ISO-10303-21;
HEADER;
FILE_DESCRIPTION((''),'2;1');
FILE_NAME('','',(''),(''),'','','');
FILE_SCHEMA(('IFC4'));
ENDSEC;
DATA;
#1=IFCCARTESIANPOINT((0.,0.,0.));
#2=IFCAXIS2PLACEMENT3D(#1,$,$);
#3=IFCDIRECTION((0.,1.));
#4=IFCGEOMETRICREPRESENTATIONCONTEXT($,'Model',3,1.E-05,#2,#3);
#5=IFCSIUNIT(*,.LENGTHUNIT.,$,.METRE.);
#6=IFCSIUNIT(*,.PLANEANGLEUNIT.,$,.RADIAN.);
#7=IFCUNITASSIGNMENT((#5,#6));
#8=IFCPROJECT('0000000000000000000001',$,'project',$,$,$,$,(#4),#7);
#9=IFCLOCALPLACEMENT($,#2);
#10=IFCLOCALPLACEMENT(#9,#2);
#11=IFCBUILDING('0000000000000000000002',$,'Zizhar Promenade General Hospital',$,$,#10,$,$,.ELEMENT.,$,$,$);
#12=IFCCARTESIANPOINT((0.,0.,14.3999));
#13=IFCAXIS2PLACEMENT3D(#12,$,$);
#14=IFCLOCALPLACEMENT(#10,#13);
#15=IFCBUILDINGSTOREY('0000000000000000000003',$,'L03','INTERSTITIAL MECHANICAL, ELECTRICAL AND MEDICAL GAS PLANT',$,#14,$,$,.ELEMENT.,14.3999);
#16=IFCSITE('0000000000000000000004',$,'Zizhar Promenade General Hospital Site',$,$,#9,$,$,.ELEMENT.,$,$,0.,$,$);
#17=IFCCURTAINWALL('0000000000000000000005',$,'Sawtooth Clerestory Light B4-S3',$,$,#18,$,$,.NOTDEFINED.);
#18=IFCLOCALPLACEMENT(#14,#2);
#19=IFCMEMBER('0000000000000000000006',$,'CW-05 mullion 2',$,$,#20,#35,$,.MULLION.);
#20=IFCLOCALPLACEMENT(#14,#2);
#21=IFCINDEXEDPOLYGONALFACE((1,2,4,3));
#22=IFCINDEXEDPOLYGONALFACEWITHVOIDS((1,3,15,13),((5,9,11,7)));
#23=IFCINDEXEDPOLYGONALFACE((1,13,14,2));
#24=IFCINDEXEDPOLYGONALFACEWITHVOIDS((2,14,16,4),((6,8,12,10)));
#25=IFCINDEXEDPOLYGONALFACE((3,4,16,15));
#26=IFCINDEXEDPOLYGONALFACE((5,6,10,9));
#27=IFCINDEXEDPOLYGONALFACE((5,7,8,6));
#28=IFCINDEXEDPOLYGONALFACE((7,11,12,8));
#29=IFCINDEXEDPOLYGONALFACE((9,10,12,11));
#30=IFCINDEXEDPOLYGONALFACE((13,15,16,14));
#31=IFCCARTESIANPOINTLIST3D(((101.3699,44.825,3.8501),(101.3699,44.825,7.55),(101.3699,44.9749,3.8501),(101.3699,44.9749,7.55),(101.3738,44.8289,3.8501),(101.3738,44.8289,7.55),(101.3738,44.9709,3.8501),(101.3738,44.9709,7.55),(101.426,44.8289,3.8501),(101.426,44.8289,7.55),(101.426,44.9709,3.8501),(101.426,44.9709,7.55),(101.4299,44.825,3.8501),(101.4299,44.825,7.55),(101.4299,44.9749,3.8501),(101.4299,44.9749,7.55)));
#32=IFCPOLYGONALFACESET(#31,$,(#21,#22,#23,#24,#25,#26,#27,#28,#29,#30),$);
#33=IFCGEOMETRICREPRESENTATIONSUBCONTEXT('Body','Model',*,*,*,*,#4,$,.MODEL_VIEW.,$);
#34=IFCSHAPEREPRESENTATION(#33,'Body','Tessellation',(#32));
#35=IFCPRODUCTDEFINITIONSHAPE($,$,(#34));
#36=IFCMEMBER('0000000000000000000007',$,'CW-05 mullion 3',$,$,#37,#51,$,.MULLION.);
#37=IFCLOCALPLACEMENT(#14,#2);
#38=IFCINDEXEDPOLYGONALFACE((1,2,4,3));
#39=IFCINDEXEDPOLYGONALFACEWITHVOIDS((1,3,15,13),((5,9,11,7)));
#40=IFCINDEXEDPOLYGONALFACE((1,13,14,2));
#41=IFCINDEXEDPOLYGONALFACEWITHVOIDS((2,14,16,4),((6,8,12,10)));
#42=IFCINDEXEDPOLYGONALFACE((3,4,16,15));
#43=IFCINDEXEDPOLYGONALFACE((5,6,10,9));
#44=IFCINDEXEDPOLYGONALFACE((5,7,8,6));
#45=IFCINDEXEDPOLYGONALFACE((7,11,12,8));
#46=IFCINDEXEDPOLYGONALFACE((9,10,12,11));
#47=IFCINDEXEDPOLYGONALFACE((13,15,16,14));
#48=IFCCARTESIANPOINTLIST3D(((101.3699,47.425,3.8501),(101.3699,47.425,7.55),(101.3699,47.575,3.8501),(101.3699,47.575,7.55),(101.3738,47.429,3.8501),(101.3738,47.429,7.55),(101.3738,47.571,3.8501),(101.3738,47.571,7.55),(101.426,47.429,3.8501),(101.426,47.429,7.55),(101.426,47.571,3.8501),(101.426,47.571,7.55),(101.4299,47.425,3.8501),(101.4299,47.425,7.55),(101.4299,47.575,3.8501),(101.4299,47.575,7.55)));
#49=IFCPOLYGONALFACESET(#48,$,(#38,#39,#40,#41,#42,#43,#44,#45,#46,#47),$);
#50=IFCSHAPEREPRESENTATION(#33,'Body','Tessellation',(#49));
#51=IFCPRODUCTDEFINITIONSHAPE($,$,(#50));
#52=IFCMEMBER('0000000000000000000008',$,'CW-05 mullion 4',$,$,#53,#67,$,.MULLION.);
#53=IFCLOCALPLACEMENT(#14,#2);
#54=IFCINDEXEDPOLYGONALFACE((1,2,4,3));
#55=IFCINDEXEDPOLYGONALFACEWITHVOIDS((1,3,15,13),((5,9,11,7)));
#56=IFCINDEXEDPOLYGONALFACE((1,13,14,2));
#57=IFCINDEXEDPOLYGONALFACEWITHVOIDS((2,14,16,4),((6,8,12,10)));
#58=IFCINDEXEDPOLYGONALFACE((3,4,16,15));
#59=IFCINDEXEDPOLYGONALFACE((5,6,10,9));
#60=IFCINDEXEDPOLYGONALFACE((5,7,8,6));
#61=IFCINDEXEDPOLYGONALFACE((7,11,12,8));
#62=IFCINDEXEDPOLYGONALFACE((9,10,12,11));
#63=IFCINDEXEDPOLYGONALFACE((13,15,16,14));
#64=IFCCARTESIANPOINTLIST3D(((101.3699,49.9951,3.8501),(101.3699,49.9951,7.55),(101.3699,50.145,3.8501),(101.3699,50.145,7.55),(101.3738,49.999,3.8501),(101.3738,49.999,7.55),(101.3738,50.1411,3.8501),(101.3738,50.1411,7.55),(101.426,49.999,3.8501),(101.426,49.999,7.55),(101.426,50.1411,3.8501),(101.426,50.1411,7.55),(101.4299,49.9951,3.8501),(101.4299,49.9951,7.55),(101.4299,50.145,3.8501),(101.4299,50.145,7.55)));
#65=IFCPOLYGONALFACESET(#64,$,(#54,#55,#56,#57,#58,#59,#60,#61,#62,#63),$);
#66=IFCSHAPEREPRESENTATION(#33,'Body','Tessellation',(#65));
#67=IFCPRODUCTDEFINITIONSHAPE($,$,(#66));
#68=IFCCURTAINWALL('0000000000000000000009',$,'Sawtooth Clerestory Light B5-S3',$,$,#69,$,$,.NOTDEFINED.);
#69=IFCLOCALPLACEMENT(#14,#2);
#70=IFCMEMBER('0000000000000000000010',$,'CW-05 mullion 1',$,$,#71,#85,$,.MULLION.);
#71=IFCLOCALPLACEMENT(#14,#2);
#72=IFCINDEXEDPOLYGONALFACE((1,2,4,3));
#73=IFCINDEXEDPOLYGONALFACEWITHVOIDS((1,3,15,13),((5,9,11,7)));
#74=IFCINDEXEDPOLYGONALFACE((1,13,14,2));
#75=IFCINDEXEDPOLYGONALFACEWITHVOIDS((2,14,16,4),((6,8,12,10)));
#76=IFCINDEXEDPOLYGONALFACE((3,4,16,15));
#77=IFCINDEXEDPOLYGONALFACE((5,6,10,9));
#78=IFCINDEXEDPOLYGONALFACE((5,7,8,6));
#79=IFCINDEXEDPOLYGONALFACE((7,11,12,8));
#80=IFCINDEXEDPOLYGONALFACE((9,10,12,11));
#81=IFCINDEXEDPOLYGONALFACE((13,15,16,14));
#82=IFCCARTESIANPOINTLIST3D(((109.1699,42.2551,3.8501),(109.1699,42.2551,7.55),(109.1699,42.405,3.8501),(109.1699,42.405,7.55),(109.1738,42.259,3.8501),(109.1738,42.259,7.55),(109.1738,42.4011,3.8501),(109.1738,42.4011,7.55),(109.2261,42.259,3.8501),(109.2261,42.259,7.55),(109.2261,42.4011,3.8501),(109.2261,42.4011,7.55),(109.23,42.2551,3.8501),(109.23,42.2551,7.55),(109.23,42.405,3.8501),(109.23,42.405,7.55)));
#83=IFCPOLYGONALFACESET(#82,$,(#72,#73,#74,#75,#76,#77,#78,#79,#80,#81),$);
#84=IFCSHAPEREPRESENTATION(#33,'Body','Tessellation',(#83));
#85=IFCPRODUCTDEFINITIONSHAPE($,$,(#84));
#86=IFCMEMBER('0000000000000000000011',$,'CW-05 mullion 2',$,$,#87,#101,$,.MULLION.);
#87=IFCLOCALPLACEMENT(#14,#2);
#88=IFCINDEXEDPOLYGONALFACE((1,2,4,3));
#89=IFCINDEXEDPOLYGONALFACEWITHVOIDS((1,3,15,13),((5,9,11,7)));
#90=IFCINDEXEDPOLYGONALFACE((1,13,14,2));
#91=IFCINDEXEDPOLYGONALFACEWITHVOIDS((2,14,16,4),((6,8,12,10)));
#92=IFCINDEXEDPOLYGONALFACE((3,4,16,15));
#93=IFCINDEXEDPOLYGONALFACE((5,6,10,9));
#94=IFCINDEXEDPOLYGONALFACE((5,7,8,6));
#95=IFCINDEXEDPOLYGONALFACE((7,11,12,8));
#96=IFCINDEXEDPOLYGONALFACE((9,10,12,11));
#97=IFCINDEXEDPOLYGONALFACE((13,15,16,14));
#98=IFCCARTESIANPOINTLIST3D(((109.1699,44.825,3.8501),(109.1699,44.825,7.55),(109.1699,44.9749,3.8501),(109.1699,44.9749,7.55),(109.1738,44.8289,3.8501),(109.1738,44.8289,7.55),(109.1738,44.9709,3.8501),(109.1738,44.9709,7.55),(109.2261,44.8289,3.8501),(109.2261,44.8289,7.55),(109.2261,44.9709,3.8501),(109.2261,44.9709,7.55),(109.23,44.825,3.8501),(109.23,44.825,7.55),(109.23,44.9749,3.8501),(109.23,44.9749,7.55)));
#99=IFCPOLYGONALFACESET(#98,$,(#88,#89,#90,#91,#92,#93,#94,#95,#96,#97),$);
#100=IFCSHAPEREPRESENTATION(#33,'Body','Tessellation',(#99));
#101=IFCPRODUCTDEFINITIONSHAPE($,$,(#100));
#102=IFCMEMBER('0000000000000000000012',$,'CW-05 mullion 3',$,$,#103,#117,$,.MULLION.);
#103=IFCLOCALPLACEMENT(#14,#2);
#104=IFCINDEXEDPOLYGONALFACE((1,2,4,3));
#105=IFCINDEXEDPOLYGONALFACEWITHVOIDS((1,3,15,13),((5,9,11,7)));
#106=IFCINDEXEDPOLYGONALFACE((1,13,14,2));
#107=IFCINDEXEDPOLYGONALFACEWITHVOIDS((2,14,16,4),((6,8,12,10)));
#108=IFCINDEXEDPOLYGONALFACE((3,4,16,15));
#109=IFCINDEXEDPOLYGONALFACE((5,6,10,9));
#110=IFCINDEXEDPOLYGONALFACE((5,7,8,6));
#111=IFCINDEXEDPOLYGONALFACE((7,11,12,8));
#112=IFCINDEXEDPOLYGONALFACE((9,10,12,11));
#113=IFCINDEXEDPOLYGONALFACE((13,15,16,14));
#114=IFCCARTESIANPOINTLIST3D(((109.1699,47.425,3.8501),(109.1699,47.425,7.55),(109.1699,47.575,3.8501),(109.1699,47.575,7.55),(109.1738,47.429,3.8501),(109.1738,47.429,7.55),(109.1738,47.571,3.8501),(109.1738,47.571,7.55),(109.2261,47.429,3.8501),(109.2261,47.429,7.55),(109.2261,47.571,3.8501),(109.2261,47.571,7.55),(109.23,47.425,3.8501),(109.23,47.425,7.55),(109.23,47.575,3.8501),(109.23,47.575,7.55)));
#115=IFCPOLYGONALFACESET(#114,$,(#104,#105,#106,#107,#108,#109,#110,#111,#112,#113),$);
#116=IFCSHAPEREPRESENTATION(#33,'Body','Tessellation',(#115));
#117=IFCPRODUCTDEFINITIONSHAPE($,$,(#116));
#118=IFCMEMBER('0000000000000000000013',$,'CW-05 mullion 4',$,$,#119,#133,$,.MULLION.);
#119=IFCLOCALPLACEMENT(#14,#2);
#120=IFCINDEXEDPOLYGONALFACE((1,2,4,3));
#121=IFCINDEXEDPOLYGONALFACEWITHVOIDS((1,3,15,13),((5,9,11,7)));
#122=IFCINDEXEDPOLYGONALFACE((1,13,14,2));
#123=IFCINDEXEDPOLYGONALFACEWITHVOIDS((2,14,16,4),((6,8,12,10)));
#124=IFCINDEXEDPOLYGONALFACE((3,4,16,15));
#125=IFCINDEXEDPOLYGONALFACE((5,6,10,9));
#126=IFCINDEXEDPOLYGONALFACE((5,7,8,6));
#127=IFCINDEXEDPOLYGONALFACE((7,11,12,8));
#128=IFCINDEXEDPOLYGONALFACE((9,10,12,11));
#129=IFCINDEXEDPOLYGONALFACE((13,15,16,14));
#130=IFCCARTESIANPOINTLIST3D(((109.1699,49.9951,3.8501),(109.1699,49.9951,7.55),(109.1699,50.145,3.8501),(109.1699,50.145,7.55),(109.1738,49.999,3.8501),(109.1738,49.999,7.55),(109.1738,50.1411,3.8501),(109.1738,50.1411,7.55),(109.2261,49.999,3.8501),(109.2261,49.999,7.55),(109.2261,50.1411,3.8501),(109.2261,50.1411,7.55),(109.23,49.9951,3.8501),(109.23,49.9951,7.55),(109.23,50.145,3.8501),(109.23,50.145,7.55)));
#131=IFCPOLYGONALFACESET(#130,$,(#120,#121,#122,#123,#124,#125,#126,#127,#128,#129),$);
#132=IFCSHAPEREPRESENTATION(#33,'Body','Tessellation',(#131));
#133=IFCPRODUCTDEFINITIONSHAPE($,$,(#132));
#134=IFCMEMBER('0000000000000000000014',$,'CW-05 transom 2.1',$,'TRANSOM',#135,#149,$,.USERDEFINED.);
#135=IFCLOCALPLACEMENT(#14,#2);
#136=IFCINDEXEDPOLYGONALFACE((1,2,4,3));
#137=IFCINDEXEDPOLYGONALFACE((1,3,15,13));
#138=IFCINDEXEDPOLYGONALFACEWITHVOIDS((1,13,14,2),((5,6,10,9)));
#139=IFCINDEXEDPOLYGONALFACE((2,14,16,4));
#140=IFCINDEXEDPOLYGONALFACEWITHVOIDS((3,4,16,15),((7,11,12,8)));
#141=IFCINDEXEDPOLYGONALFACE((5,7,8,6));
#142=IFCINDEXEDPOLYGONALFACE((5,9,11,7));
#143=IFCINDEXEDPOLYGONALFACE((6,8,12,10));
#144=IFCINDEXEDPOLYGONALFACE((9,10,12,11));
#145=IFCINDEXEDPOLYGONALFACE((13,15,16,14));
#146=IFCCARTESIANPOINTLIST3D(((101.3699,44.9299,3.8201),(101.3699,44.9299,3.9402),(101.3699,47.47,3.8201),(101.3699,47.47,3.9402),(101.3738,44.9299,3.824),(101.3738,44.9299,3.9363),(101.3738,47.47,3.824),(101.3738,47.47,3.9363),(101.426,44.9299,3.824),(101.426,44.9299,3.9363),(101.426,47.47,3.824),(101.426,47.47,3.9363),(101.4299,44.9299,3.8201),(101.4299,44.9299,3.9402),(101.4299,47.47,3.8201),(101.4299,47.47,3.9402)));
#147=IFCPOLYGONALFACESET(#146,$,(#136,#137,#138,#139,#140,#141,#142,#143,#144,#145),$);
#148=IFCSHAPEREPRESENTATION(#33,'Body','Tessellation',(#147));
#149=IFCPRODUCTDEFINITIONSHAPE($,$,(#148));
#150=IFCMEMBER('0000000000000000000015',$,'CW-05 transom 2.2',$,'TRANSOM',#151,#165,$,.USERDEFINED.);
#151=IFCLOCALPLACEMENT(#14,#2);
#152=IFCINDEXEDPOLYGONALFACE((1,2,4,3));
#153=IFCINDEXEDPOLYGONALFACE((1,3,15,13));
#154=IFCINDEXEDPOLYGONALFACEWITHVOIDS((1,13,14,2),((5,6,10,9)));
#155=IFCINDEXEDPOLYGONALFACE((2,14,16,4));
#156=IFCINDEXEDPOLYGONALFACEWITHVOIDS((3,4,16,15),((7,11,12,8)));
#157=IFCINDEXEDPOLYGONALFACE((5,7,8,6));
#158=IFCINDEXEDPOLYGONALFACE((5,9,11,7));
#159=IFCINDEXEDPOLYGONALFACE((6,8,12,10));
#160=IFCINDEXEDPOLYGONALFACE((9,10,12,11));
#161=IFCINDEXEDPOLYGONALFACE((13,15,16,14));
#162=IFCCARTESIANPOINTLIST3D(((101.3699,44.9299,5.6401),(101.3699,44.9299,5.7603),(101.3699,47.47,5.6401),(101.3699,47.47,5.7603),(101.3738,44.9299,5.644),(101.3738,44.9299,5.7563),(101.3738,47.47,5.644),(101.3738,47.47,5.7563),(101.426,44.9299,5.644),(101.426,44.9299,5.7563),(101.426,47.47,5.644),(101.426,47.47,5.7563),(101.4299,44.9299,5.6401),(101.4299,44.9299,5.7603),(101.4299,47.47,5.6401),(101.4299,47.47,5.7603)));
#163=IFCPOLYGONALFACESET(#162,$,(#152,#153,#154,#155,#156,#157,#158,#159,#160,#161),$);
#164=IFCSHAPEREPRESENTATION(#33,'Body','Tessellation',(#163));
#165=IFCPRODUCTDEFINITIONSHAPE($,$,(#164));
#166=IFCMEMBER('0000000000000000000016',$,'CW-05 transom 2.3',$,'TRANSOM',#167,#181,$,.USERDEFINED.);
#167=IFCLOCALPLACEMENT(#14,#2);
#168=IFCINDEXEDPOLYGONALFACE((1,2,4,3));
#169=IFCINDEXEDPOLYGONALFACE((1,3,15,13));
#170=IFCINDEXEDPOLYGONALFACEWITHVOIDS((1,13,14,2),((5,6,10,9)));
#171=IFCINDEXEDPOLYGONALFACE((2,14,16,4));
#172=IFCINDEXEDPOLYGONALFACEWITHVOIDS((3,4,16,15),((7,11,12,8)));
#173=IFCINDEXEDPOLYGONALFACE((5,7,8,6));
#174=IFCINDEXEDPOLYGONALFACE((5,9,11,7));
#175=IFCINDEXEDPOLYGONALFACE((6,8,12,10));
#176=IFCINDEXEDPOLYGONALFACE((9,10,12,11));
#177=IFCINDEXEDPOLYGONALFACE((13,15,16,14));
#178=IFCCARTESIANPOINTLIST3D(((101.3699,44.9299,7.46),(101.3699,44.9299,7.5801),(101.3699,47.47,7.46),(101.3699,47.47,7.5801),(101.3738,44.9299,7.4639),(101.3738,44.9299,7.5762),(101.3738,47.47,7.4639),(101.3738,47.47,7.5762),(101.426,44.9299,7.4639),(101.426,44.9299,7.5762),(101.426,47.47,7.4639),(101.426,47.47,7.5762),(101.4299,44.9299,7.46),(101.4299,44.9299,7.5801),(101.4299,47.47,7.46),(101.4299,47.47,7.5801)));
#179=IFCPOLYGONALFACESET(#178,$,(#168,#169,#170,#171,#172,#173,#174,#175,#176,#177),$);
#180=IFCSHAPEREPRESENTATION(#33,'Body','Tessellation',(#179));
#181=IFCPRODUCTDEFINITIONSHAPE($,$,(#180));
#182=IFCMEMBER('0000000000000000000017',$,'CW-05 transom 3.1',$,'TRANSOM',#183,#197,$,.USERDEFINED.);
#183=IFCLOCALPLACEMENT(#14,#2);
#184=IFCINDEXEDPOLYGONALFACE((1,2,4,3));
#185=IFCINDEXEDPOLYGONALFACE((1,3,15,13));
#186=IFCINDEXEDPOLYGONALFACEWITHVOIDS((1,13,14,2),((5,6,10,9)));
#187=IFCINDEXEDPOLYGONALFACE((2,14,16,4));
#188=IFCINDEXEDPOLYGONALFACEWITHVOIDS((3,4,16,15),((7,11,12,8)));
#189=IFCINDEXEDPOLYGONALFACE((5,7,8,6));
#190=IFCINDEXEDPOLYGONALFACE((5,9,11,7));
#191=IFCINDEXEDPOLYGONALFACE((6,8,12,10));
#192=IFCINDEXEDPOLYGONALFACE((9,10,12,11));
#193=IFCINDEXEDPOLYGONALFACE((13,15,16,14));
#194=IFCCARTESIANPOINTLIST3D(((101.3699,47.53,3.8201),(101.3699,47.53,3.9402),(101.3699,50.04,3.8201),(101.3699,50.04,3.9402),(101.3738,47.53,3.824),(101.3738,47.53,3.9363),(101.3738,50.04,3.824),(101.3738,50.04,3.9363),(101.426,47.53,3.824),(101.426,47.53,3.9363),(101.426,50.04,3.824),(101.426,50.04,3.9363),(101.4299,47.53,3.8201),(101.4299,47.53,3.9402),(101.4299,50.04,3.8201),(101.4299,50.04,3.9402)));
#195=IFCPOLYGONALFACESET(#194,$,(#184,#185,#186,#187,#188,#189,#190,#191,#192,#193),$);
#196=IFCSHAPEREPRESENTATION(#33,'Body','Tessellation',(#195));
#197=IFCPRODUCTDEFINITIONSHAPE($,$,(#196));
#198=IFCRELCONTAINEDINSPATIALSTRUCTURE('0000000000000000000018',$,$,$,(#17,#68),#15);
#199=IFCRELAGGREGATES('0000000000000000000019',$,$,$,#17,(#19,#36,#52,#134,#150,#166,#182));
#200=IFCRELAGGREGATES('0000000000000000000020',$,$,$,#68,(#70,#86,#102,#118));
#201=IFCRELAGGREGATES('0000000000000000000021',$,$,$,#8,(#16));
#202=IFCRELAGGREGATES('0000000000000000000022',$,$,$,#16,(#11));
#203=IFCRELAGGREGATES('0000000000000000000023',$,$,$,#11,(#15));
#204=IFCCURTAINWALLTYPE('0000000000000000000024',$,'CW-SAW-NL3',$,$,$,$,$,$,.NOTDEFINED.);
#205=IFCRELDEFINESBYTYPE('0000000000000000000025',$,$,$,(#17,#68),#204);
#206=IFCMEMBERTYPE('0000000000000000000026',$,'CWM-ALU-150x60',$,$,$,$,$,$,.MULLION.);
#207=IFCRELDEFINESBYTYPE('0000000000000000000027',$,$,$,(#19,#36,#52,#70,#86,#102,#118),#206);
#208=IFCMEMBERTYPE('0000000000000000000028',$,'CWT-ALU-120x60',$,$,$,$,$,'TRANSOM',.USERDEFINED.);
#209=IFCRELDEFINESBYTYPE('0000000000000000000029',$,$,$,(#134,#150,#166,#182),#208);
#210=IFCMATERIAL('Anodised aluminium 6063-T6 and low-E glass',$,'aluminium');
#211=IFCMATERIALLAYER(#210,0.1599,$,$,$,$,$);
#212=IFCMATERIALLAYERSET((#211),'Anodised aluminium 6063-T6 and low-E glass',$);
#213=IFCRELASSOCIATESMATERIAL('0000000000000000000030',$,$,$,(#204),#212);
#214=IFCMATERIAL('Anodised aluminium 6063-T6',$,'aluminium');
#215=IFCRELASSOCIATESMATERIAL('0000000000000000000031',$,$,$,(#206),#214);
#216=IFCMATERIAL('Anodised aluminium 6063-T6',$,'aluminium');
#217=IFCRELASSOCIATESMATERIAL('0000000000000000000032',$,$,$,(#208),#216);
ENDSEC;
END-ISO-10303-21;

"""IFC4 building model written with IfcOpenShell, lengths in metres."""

from ifc_helpers import new_model, si_unit, direction, frame, origin, origin_2d, place, context, subcontext, project, spatial, hollow_rectangle, extrude, material, layer, layer_set, material_profile, profile_set, type_object, element, aggregate, save


model = new_model("IFC4")

# Units and contexts
model_context = context("Model", 3, precision=1e-05, world=origin(), true_north=direction((0.0, 1.0)))
body_context = subcontext(model_context, "Body", "Model", "MODEL_VIEW")
ifc_project = project(units=[si_unit("LENGTHUNIT", "METRE"), si_unit("PLANEANGLEUNIT", "RADIAN")], contexts=[model_context])

# Site, building, storey
site_placement = place(None, origin())
site = spatial("IfcSite", under=ifc_project, at=site_placement, Name="Zizhar Promenade General Hospital Site", CompositionType="ELEMENT", RefElevation=0.0)
building_placement = place(site_placement, origin())
building = spatial("IfcBuilding", under=site, at=building_placement, Name="Zizhar Promenade General Hospital", CompositionType="ELEMENT")
storey_placement = place(building_placement, frame((0.0, 0.0, 14.3999)))
storey = spatial("IfcBuildingStorey", under=building, at=storey_placement, Name="L03", Description="INTERSTITIAL MECHANICAL, ELECTRICAL AND MEDICAL GAS PLANT", CompositionType="ELEMENT", Elevation=14.3999)

# Curtain walls, members
ifc_material_1 = material(Name="Anodised aluminium 6063-T6 and low-E glass", Category="aluminium")
ifc_layer_1 = layer(ifc_material_1, 0.1599)
ifc_layer_set_1 = layer_set([ifc_layer_1], Name="Anodised aluminium 6063-T6 and low-E glass")
curtain_wall_type = type_object("IfcCurtainWallType", Name="CW-SAW-NL3", PredefinedType="NOTDEFINED", material=ifc_layer_set_1)
curtain_wall_1_placement = place(storey_placement, origin())
curtain_wall_1 = element("IfcCurtainWall", 1, at=curtain_wall_1_placement, inside=storey, type_object=curtain_wall_type, Name="Sawtooth Clerestory Light B4-S3", PredefinedType="NOTDEFINED")
ifc_material_2 = material(Name="Anodised aluminium 6063-T6", Category="aluminium")
ifc_material_profile_1 = material_profile(ifc_material_2, hollow_rectangle(XDim=0.0601, YDim=0.1499, WallThickness=0.0039, at=origin_2d()))
ifc_profile_set_1 = profile_set([ifc_material_profile_1], Name="Anodised aluminium 6063-T6")
member_type_1 = type_object("IfcMemberType", Name="CWM-ALU-150x60", PredefinedType="MULLION", material=ifc_profile_set_1)
member_1_placement = place(storey_placement, frame((101.3999, 44.8999, 3.8501), z_axis=(0.0, 0.0, 1.0), x_axis=(-1.0, 0.0, 0.0)))
member_1 = element("IfcMember", 2, at=member_1_placement, type_object=member_type_1, Name="CW-05 mullion 2", PredefinedType="MULLION", context=body_context, shape_type="SweptSolid", body=[
    extrude(hollow_rectangle(XDim=0.0601, YDim=0.1499, WallThickness=0.0039, at=origin_2d()), origin(), (0.0, 0.0, 1.0), 3.7),
])
member_2_placement = place(storey_placement, frame((101.3999, 47.5, 3.8501), z_axis=(0.0, 0.0, 1.0), x_axis=(-1.0, 0.0, 0.0)))
member_2 = element("IfcMember", 3, at=member_2_placement, type_object=member_type_1, Name="CW-05 mullion 3", PredefinedType="MULLION", context=body_context, shape_type="SweptSolid", body=[
    extrude(hollow_rectangle(XDim=0.0601, YDim=0.1499, WallThickness=0.0039, at=origin_2d()), origin(), (0.0, 0.0, 1.0), 3.7),
])
member_3_placement = place(storey_placement, frame((101.3999, 50.0701, 3.8501), z_axis=(0.0, 0.0, 1.0), x_axis=(-1.0, 0.0, 0.0)))
member_3 = element("IfcMember", 4, at=member_3_placement, type_object=member_type_1, Name="CW-05 mullion 4", PredefinedType="MULLION", context=body_context, shape_type="SweptSolid", body=[
    extrude(hollow_rectangle(XDim=0.0601, YDim=0.1499, WallThickness=0.0039, at=origin_2d()), origin(), (0.0, 0.0, 1.0), 3.7),
])
curtain_wall_2_placement = place(storey_placement, origin())
curtain_wall_2 = element("IfcCurtainWall", 5, at=curtain_wall_2_placement, inside=storey, type_object=curtain_wall_type, Name="Sawtooth Clerestory Light B5-S3", PredefinedType="NOTDEFINED")
member_4_placement = place(storey_placement, frame((109.2, 42.3301, 3.8501), z_axis=(0.0, 0.0, 1.0), x_axis=(-1.0, 0.0, 0.0)))
member_4 = element("IfcMember", 6, at=member_4_placement, type_object=member_type_1, Name="CW-05 mullion 1", PredefinedType="MULLION", context=body_context, shape_type="SweptSolid", body=[
    extrude(hollow_rectangle(XDim=0.0601, YDim=0.1499, WallThickness=0.0039, at=origin_2d()), origin(), (0.0, 0.0, 1.0), 3.7),
])
member_5_placement = place(storey_placement, frame((109.2, 44.8999, 3.8501), z_axis=(0.0, 0.0, 1.0), x_axis=(-1.0, 0.0, 0.0)))
member_5 = element("IfcMember", 7, at=member_5_placement, type_object=member_type_1, Name="CW-05 mullion 2", PredefinedType="MULLION", context=body_context, shape_type="SweptSolid", body=[
    extrude(hollow_rectangle(XDim=0.0601, YDim=0.1499, WallThickness=0.0039, at=origin_2d()), origin(), (0.0, 0.0, 1.0), 3.7),
])
member_6_placement = place(storey_placement, frame((109.2, 47.5, 3.8501), z_axis=(0.0, 0.0, 1.0), x_axis=(-1.0, 0.0, 0.0)))
member_6 = element("IfcMember", 8, at=member_6_placement, type_object=member_type_1, Name="CW-05 mullion 3", PredefinedType="MULLION", context=body_context, shape_type="SweptSolid", body=[
    extrude(hollow_rectangle(XDim=0.0601, YDim=0.1499, WallThickness=0.0039, at=origin_2d()), origin(), (0.0, 0.0, 1.0), 3.7),
])
member_7_placement = place(storey_placement, frame((109.2, 50.0701, 3.8501), z_axis=(0.0, 0.0, 1.0), x_axis=(-1.0, 0.0, 0.0)))
member_7 = element("IfcMember", 9, at=member_7_placement, type_object=member_type_1, Name="CW-05 mullion 4", PredefinedType="MULLION", context=body_context, shape_type="SweptSolid", body=[
    extrude(hollow_rectangle(XDim=0.0601, YDim=0.1499, WallThickness=0.0039, at=origin_2d()), origin(), (0.0, 0.0, 1.0), 3.7),
])

# Members
ifc_material_3 = material(Name="Anodised aluminium 6063-T6", Category="aluminium")
ifc_material_profile_2 = material_profile(ifc_material_3, hollow_rectangle(XDim=0.0601, YDim=0.1201, WallThickness=0.0039, at=origin_2d()))
ifc_profile_set_2 = profile_set([ifc_material_profile_2], Name="Anodised aluminium 6063-T6")
member_type_2 = type_object("IfcMemberType", Name="CWT-ALU-120x60", ElementType="TRANSOM", PredefinedType="USERDEFINED", material=ifc_profile_set_2)
member_8_placement = place(storey_placement, frame((101.3999, 44.9299, 3.8801), z_axis=(0.0, 1.0, 0.0), x_axis=(-1.0, 0.0, 0.0)))
member_8 = element("IfcMember", 10, at=member_8_placement, type_object=member_type_2, Name="CW-05 transom 2.1", ObjectType="TRANSOM", PredefinedType="USERDEFINED", context=body_context, shape_type="SweptSolid", body=[
    extrude(hollow_rectangle(XDim=0.0601, YDim=0.1201, WallThickness=0.0039, at=origin_2d()), origin(), (0.0, 0.0, 1.0), 2.54),
])
member_9_placement = place(storey_placement, frame((101.3999, 44.9299, 5.7002), z_axis=(0.0, 1.0, 0.0), x_axis=(-1.0, 0.0, 0.0)))
member_9 = element("IfcMember", 11, at=member_9_placement, type_object=member_type_2, Name="CW-05 transom 2.2", ObjectType="TRANSOM", PredefinedType="USERDEFINED", context=body_context, shape_type="SweptSolid", body=[
    extrude(hollow_rectangle(XDim=0.0601, YDim=0.1201, WallThickness=0.0039, at=origin_2d()), origin(), (0.0, 0.0, 1.0), 2.54),
])
member_10_placement = place(storey_placement, frame((101.3999, 44.9299, 7.52), z_axis=(0.0, 1.0, 0.0), x_axis=(-1.0, 0.0, 0.0)))
member_10 = element("IfcMember", 12, at=member_10_placement, type_object=member_type_2, Name="CW-05 transom 2.3", ObjectType="TRANSOM", PredefinedType="USERDEFINED", context=body_context, shape_type="SweptSolid", body=[
    extrude(hollow_rectangle(XDim=0.0601, YDim=0.1201, WallThickness=0.0039, at=origin_2d()), origin(), (0.0, 0.0, 1.0), 2.54),
])
member_11_placement = place(storey_placement, frame((101.3999, 47.53, 3.8801), z_axis=(0.0, 1.0, 0.0), x_axis=(-1.0, 0.0, 0.0)))
member_11 = element("IfcMember", 13, at=member_11_placement, type_object=member_type_2, Name="CW-05 transom 3.1", ObjectType="TRANSOM", PredefinedType="USERDEFINED", context=body_context, shape_type="SweptSolid", body=[
    extrude(hollow_rectangle(XDim=0.0601, YDim=0.1201, WallThickness=0.0039, at=origin_2d()), origin(), (0.0, 0.0, 1.0), 2.51),
])

aggregate(curtain_wall_1, [member_1, member_2, member_3, member_8, member_9, member_10, member_11])
aggregate(curtain_wall_2, [member_4, member_5, member_6, member_7])

save(model, "model.ifc")
